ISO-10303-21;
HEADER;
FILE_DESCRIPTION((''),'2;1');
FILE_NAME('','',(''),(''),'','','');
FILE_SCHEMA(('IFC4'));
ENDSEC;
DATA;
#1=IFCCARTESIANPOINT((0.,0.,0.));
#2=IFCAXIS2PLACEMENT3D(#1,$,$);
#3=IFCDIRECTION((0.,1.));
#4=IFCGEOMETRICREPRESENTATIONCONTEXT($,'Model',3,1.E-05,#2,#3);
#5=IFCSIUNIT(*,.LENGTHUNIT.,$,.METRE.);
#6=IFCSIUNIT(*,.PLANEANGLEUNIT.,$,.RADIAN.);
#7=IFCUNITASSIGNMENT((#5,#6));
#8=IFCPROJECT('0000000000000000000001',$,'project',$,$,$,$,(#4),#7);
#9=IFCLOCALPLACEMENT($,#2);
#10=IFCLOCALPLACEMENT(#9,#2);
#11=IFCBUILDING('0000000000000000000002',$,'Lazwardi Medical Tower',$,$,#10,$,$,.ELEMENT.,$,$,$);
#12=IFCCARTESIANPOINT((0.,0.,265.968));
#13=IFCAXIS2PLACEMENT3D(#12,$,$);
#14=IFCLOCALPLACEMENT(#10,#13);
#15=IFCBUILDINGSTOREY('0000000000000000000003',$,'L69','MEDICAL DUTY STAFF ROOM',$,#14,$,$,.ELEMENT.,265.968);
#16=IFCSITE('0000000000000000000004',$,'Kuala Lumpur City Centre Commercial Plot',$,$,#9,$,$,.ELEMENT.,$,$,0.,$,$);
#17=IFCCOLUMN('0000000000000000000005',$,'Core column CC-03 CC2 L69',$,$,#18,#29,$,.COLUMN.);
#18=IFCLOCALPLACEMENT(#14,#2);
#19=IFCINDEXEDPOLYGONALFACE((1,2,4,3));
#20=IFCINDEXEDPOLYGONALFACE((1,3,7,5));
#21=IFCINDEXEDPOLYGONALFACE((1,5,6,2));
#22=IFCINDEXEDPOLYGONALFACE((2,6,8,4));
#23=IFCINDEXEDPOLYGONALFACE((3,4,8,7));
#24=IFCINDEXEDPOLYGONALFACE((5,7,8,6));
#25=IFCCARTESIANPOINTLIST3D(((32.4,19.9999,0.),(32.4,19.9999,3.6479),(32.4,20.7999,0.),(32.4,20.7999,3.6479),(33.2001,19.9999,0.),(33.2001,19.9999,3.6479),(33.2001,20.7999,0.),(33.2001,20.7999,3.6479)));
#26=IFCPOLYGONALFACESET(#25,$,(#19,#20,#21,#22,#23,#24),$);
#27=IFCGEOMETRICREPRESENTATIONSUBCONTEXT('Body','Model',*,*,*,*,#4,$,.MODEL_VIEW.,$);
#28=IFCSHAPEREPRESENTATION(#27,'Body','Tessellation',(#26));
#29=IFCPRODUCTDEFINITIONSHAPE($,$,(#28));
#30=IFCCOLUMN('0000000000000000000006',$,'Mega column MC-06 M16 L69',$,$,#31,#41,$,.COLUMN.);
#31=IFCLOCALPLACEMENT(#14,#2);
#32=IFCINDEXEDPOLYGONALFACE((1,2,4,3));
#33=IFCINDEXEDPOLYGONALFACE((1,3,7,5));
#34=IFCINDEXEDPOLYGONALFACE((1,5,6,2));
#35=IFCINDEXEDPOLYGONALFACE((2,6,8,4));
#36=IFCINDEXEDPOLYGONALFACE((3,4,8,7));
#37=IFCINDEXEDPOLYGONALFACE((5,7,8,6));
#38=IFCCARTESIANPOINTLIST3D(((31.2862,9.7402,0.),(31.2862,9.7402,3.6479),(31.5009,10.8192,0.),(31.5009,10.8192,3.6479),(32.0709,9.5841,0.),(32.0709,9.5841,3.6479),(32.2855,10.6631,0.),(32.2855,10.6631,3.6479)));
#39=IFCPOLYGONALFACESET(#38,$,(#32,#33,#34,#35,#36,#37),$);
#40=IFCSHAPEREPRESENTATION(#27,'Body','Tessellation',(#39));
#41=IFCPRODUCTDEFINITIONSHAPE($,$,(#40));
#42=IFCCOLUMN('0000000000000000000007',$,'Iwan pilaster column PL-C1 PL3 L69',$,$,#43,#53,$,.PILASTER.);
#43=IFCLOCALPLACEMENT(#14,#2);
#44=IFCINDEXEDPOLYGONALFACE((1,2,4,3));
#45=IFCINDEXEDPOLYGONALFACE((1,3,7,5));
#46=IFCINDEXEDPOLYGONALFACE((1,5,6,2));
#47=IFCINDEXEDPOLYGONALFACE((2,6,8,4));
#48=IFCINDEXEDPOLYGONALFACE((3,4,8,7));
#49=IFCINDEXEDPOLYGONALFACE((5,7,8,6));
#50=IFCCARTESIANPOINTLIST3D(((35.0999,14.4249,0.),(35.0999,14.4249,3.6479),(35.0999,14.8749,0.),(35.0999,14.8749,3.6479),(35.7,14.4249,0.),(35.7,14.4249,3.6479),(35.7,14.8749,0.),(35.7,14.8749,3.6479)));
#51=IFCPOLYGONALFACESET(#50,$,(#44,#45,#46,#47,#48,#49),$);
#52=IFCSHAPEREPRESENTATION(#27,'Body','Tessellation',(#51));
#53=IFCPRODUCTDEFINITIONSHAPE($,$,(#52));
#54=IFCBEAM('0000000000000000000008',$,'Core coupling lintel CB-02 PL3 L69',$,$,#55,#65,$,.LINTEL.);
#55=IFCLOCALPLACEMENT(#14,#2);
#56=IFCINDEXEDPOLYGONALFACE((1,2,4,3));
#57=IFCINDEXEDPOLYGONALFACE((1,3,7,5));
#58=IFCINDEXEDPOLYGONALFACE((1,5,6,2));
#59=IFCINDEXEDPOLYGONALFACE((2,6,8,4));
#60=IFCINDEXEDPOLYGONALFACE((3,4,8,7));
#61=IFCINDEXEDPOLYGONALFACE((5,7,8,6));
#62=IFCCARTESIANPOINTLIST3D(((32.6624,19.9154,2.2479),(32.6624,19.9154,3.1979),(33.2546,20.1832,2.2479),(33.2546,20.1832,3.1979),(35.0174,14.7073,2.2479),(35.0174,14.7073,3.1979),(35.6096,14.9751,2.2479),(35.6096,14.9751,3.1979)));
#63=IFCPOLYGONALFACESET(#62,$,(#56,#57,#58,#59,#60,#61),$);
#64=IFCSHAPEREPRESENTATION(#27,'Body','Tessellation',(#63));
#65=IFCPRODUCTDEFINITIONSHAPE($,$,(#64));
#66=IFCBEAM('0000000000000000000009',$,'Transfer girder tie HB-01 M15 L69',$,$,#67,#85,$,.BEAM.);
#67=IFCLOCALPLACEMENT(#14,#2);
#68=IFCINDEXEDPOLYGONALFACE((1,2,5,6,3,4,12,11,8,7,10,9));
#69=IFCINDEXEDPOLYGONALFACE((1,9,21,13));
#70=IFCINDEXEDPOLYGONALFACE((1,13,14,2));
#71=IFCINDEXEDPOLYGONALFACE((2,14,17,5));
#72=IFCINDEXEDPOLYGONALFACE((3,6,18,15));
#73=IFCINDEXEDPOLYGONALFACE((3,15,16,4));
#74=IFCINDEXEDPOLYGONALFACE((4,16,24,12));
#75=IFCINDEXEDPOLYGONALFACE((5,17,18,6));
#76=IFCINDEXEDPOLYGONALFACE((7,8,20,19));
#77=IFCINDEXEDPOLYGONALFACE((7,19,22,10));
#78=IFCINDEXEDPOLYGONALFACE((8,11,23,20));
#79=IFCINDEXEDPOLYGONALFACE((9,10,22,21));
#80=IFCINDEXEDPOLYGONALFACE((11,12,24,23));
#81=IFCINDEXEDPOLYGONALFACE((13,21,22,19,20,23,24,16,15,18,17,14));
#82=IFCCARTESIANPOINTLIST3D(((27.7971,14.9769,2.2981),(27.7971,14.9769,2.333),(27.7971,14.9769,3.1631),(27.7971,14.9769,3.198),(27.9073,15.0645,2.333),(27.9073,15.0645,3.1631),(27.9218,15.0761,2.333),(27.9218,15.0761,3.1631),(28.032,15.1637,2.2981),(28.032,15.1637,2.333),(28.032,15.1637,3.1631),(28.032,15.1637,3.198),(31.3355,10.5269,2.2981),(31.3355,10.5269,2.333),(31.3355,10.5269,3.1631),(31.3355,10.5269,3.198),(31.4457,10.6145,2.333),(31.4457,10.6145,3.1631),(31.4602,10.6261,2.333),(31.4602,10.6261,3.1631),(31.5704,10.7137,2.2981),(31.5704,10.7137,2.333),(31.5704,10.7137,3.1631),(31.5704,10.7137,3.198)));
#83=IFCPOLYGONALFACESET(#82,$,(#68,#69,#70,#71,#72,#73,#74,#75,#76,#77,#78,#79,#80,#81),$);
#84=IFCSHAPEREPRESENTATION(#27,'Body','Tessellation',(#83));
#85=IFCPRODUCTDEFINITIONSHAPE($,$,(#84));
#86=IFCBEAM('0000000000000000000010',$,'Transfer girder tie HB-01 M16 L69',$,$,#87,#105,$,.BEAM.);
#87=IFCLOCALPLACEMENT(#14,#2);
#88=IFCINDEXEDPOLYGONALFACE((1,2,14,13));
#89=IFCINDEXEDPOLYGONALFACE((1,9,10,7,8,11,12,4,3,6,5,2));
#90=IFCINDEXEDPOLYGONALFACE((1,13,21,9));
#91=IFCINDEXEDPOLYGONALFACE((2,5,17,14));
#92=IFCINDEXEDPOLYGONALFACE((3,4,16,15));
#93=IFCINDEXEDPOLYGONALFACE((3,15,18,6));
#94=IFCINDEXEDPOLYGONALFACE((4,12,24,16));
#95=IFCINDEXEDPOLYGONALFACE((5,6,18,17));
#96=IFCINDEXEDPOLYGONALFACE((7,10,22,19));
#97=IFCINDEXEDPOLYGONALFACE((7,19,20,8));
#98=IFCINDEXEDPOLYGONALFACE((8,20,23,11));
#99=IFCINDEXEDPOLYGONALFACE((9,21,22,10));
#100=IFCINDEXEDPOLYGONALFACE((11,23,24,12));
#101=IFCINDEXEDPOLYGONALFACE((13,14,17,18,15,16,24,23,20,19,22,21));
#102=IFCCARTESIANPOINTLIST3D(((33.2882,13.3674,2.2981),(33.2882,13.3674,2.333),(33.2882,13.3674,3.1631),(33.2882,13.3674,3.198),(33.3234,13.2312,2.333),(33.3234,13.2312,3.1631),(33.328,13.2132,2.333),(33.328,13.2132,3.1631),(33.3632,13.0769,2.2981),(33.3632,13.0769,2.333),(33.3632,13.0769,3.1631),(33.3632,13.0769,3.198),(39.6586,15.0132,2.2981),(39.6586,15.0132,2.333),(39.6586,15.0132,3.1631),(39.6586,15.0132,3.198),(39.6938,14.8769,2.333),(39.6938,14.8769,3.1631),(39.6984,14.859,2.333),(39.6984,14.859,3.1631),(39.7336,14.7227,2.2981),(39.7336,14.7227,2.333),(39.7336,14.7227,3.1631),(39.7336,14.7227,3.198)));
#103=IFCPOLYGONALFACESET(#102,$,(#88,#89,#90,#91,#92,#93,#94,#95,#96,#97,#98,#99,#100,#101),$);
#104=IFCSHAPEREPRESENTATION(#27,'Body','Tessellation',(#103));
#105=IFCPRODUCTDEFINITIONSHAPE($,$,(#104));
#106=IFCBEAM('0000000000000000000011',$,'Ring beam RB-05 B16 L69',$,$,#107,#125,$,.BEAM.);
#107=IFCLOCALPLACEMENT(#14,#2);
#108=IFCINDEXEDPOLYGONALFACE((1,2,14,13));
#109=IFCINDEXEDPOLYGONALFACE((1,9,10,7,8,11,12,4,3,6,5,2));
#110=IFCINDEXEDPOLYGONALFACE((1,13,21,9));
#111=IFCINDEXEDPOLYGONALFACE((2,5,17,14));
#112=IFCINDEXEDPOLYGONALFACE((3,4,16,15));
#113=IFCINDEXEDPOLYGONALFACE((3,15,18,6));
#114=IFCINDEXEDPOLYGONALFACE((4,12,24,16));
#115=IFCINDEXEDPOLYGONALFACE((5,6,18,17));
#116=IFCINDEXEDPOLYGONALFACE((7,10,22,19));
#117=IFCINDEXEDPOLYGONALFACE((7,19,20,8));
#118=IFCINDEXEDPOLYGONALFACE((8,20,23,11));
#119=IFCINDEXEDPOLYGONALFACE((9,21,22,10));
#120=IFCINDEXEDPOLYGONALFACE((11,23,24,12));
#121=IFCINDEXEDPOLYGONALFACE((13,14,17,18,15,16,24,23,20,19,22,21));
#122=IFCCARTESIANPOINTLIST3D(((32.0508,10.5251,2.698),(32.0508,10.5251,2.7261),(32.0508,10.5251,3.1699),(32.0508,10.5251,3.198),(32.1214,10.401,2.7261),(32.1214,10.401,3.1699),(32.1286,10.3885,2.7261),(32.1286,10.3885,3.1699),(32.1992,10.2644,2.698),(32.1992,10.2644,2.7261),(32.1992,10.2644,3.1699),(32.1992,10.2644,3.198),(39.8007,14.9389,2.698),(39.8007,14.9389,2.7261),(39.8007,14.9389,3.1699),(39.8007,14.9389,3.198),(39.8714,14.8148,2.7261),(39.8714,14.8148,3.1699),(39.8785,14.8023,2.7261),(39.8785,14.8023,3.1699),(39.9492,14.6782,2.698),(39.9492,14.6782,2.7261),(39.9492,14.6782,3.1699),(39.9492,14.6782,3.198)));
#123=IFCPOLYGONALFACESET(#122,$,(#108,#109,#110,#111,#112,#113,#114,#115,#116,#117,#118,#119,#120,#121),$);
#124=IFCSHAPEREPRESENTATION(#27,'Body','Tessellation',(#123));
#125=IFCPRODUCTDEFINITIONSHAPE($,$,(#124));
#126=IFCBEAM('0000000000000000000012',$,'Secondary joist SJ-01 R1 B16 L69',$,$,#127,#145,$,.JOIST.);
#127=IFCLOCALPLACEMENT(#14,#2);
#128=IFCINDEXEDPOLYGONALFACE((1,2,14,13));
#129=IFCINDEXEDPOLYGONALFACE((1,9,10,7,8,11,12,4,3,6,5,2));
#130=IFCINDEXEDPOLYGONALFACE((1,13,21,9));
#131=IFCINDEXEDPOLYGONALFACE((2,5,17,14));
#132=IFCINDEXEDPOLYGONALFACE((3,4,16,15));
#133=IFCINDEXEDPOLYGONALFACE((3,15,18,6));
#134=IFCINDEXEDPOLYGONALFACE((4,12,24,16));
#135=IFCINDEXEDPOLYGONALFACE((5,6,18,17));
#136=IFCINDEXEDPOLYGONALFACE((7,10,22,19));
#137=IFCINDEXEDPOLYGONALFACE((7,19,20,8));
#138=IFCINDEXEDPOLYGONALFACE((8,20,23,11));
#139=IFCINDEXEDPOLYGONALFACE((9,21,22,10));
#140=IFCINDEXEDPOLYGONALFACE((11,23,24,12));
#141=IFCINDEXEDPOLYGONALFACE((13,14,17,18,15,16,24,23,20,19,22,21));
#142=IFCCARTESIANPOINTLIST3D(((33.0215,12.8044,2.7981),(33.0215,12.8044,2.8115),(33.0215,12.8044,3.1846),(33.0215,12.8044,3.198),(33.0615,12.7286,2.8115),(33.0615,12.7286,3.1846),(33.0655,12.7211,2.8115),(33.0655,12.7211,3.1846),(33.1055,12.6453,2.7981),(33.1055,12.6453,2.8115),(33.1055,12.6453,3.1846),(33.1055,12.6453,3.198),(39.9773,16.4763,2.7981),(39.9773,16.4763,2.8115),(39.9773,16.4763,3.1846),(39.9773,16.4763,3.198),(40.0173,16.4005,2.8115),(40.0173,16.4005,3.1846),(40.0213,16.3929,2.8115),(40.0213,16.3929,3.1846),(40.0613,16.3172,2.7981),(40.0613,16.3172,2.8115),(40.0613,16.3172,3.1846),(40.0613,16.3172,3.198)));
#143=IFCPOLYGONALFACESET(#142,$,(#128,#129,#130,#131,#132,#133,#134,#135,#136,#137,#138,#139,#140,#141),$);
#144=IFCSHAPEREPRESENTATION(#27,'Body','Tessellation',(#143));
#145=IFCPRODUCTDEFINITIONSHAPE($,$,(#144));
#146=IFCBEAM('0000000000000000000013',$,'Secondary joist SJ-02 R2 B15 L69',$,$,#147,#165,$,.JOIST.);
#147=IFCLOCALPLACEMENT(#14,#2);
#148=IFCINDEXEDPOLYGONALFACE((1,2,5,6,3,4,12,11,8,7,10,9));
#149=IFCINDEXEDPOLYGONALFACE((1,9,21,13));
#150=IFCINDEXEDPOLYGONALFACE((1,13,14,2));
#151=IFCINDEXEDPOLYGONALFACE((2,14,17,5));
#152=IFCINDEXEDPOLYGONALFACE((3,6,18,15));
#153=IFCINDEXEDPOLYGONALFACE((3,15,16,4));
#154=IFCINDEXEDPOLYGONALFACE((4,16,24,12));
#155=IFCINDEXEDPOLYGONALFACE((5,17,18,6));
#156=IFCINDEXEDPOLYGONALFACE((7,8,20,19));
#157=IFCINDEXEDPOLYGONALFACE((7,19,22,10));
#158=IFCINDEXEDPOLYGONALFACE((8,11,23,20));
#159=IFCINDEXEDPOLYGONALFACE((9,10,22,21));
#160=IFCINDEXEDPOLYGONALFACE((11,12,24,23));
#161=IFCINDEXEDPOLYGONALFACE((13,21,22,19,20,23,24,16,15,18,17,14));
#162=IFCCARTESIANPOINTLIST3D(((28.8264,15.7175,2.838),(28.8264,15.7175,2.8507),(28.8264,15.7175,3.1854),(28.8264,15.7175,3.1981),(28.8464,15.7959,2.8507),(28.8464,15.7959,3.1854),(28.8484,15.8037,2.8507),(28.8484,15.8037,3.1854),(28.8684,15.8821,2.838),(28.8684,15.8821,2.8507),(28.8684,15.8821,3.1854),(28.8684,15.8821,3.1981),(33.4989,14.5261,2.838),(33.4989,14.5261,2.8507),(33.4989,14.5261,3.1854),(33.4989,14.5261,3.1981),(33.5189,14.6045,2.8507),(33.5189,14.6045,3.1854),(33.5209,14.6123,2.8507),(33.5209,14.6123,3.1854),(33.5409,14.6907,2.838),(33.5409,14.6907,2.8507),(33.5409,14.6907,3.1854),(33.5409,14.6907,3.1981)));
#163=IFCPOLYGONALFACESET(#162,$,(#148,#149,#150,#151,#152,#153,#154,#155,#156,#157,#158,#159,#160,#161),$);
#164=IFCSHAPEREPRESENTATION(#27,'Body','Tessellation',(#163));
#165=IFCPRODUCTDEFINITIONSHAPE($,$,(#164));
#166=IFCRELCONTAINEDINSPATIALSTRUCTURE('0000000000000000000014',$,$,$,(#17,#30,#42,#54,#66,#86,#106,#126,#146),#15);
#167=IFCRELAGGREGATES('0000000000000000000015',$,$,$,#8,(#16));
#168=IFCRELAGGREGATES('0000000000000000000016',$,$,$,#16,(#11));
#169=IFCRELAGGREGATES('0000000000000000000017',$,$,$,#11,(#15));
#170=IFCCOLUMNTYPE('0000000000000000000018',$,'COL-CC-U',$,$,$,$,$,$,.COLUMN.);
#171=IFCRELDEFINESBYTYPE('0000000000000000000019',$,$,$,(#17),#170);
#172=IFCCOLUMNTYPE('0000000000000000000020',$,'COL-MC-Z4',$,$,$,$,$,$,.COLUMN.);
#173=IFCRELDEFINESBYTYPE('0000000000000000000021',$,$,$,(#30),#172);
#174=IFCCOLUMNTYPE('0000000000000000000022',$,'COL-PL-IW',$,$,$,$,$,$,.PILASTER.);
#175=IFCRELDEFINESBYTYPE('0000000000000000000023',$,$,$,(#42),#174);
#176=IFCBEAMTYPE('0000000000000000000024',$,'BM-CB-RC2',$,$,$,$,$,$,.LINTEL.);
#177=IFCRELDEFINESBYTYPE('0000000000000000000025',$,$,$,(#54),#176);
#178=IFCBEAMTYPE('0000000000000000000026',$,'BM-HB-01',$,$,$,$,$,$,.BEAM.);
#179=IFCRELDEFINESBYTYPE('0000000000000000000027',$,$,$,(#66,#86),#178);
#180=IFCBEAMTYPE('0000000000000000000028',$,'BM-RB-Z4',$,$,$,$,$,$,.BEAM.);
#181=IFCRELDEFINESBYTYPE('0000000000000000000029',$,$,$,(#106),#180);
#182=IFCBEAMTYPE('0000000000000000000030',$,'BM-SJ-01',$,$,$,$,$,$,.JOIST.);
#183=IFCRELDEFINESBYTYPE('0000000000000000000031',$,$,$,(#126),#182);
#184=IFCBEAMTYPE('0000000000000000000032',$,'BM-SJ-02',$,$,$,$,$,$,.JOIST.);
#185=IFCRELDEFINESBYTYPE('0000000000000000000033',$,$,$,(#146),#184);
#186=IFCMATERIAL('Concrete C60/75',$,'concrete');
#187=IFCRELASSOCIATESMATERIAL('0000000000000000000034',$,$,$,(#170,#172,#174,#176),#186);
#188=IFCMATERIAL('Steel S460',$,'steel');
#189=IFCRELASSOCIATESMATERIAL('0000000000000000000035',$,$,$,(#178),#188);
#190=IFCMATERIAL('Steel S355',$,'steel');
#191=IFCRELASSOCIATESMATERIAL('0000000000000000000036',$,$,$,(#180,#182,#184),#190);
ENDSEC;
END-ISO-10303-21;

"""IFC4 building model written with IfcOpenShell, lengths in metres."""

from ifc_helpers import new_model, si_unit, direction, frame, origin, origin_2d, place, context, subcontext, project, spatial, rectangle, i_section, extrude, material, material_profile, profile_set, type_object, element, save


model = new_model("IFC4")

# Units and contexts
model_context = context("Model", 3, precision=1e-05, world=origin(), true_north=direction((0.0, 1.0)))
body_context = subcontext(model_context, "Body", "Model", "MODEL_VIEW")
ifc_project = project(units=[si_unit("LENGTHUNIT", "METRE"), si_unit("PLANEANGLEUNIT", "RADIAN")], contexts=[model_context])

# Site, building, storey
site_placement = place(None, origin())
site = spatial("IfcSite", under=ifc_project, at=site_placement, Name="Kuala Lumpur City Centre Commercial Plot", CompositionType="ELEMENT", RefElevation=0.0)
building_placement = place(site_placement, origin())
building = spatial("IfcBuilding", under=site, at=building_placement, Name="Lazwardi Medical Tower", CompositionType="ELEMENT")
storey_placement = place(building_placement, frame((0.0, 0.0, 265.968)))
storey = spatial("IfcBuildingStorey", under=building, at=storey_placement, Name="L69", Description="MEDICAL DUTY STAFF ROOM", CompositionType="ELEMENT", Elevation=265.968)

# Columns
ifc_material_1 = material(Name="Concrete C60/75", Category="concrete")
ifc_material_profile_1 = material_profile(ifc_material_1, rectangle(XDim=0.8, YDim=0.8, at=origin_2d()), Name="RC 800x800")
ifc_profile_set_1 = profile_set([ifc_material_profile_1], Name="Concrete C60/75")
column_type_1 = type_object("IfcColumnType", Name="COL-CC-U", PredefinedType="COLUMN", material=ifc_profile_set_1)
column_1_placement = place(storey_placement, frame((32.8, 20.3999, 0.0), z_axis=(0.0, 0.0, 1.0), x_axis=(1.0, 0.0, 0.0)))
element("IfcColumn", 1, at=column_1_placement, inside=storey, type_object=column_type_1, Name="Core column CC-03 CC2 L69", PredefinedType="COLUMN", context=body_context, shape_type="SweptSolid", body=[
    extrude(rectangle(XDim=0.8, YDim=0.8, at=origin_2d()), origin(), (0.0, 0.0, 1.0), 3.6479),
])
ifc_material_profile_2 = material_profile(ifc_material_1, rectangle(XDim=1.1001, YDim=0.8, at=origin_2d()), Name="CFT-RECT 1100x800")
ifc_profile_set_2 = profile_set([ifc_material_profile_2], Name="Concrete C60/75")
column_type_2 = type_object("IfcColumnType", Name="COL-MC-Z4", PredefinedType="COLUMN", material=ifc_profile_set_2)
column_2_placement = place(storey_placement, frame((31.7859, 10.2017, 0.0), z_axis=(0.0, 0.0, 1.0), x_axis=(-0.19509, -0.980785, 0.0)))
element("IfcColumn", 2, at=column_2_placement, inside=storey, type_object=column_type_2, Name="Mega column MC-06 M16 L69", PredefinedType="COLUMN", context=body_context, shape_type="SweptSolid", body=[
    extrude(rectangle(XDim=1.1001, YDim=0.8, at=origin_2d()), origin(), (0.0, 0.0, 1.0), 3.6479),
])
ifc_material_profile_3 = material_profile(ifc_material_1, rectangle(XDim=0.6001, YDim=0.45, at=origin_2d()), Name="RC 600x450")
ifc_profile_set_3 = profile_set([ifc_material_profile_3], Name="Concrete C60/75")
column_type_3 = type_object("IfcColumnType", Name="COL-PL-IW", PredefinedType="PILASTER", material=ifc_profile_set_3)
column_3_placement = place(storey_placement, frame((35.3999, 14.6499, 0.0), z_axis=(0.0, 0.0, 1.0), x_axis=(1.0, 0.0, 0.0)))
element("IfcColumn", 3, at=column_3_placement, inside=storey, type_object=column_type_3, Name="Iwan pilaster column PL-C1 PL3 L69", PredefinedType="PILASTER", context=body_context, shape_type="SweptSolid", body=[
    extrude(rectangle(XDim=0.6001, YDim=0.45, at=origin_2d()), origin(), (0.0, 0.0, 1.0), 3.6479),
])

# Beams
ifc_material_profile_4 = material_profile(ifc_material_1, rectangle(XDim=0.6499, YDim=0.95, at=origin_2d()), Name="RC 650x950")
ifc_profile_set_4 = profile_set([ifc_material_profile_4], Name="Concrete C60/75")
beam_type_1 = type_object("IfcBeamType", Name="BM-CB-RC2", PredefinedType="LINTEL", material=ifc_profile_set_4)
beam_1_placement = place(storey_placement, frame((32.9585, 20.0493, 2.7229), z_axis=(0.412019, -0.911175, 0.0), x_axis=(0.911175, 0.412019, 0.0)))
element("IfcBeam", 4, at=beam_1_placement, inside=storey, type_object=beam_type_1, Name="Core coupling lintel CB-02 PL3 L69", PredefinedType="LINTEL", context=body_context, shape_type="SweptSolid", body=[
    extrude(rectangle(XDim=0.6499, YDim=0.95, at=origin_2d()), origin(), (0.0, 0.0, 1.0), 5.7158),
])
ifc_material_2 = material(Name="Steel S460", Category="steel")
ifc_material_profile_5 = material_profile(ifc_material_2, i_section(OverallWidth=0.3, OverallDepth=0.8999, WebThickness=0.0186, FlangeThickness=0.0349, at=origin_2d()), Name="HEB 900")
ifc_profile_set_5 = profile_set([ifc_material_profile_5], Name="Steel S460")
beam_type_2 = type_object("IfcBeamType", Name="BM-HB-01", PredefinedType="BEAM", material=ifc_profile_set_5)
beam_2_placement = place(storey_placement, frame((27.9146, 15.0703, 2.748), z_axis=(0.622372, -0.782721, 0.0), x_axis=(0.782721, 0.622372, 0.0)))
element("IfcBeam", 5, at=beam_2_placement, inside=storey, type_object=beam_type_2, Name="Transfer girder tie HB-01 M15 L69", PredefinedType="BEAM", context=body_context, shape_type="SweptSolid", body=[
    extrude(i_section(OverallWidth=0.3, OverallDepth=0.8999, WebThickness=0.0186, FlangeThickness=0.0349, at=origin_2d()), origin(), (0.0, 0.0, 1.0), 5.6853),
])
beam_3_placement = place(storey_placement, frame((33.3257, 13.2222, 2.748), z_axis=(0.968212, 0.250133, 0.0), x_axis=(-0.250133, 0.968212, 0.0)))
element("IfcBeam", 6, at=beam_3_placement, inside=storey, type_object=beam_type_2, Name="Transfer girder tie HB-01 M16 L69", PredefinedType="BEAM", context=body_context, shape_type="SweptSolid", body=[
    extrude(i_section(OverallWidth=0.3, OverallDepth=0.8999, WebThickness=0.0186, FlangeThickness=0.0349, at=origin_2d()), origin(), (0.0, 0.0, 1.0), 6.5796),
])
ifc_material_3 = material(Name="Steel S355", Category="steel")
ifc_material_profile_6 = material_profile(ifc_material_3, i_section(OverallWidth=0.3, OverallDepth=0.5, WebThickness=0.0144, FlangeThickness=0.0281, at=origin_2d()), Name="HEB 500")
ifc_profile_set_6 = profile_set([ifc_material_profile_6], Name="Steel S355")
beam_type_3 = type_object("IfcBeamType", Name="BM-RB-Z4", PredefinedType="BEAM", material=ifc_profile_set_6)
beam_4_placement = place(storey_placement, frame((32.125, 10.3948, 2.948), z_axis=(0.868955, 0.494891, 0.0), x_axis=(-0.494891, 0.868955, 0.0)))
element("IfcBeam", 7, at=beam_4_placement, inside=storey, type_object=beam_type_3, Name="Ring beam RB-05 B16 L69", PredefinedType="BEAM", context=body_context, shape_type="SweptSolid", body=[
    extrude(i_section(OverallWidth=0.3, OverallDepth=0.5, WebThickness=0.0144, FlangeThickness=0.0281, at=origin_2d()), origin(), (0.0, 0.0, 1.0), 8.9187),
])
ifc_material_profile_7 = material_profile(ifc_material_3, i_section(OverallWidth=0.1799, OverallDepth=0.3999, WebThickness=0.0085, FlangeThickness=0.0134, at=origin_2d()), Name="IPE 400")
ifc_profile_set_7 = profile_set([ifc_material_profile_7], Name="Steel S355")
beam_type_4 = type_object("IfcBeamType", Name="BM-SJ-01", PredefinedType="JOIST", material=ifc_profile_set_7)
beam_5_placement = place(storey_placement, frame((33.0635, 12.7249, 2.998), z_axis=(0.884345, 0.466833, 0.0), x_axis=(-0.466833, 0.884345, 0.0)))
element("IfcBeam", 8, at=beam_5_placement, inside=storey, type_object=beam_type_4, Name="Secondary joist SJ-01 R1 B16 L69", PredefinedType="JOIST", context=body_context, shape_type="SweptSolid", body=[
    extrude(i_section(OverallWidth=0.1799, OverallDepth=0.3999, WebThickness=0.0085, FlangeThickness=0.0134, at=origin_2d()), origin(), (0.0, 0.0, 1.0), 7.8655),
])
ifc_material_profile_8 = material_profile(ifc_material_3, i_section(OverallWidth=0.1699, OverallDepth=0.3601, WebThickness=0.0081, FlangeThickness=0.0127, at=origin_2d()), Name="IPE 360")
ifc_profile_set_8 = profile_set([ifc_material_profile_8], Name="Steel S355")
beam_type_5 = type_object("IfcBeamType", Name="BM-SJ-02", PredefinedType="JOIST", material=ifc_profile_set_8)
beam_6_placement = place(storey_placement, frame((28.8474, 15.7998, 3.0181), z_axis=(0.968997, -0.247072, 0.0), x_axis=(0.247072, 0.968997, 0.0)))
element("IfcBeam", 9, at=beam_6_placement, inside=storey, type_object=beam_type_5, Name="Secondary joist SJ-02 R2 B15 L69", PredefinedType="JOIST", context=body_context, shape_type="SweptSolid", body=[
    extrude(i_section(OverallWidth=0.1699, OverallDepth=0.3601, WebThickness=0.0081, FlangeThickness=0.0127, at=origin_2d()), origin(), (0.0, 0.0, 1.0), 4.822),
])

save(model, "model.ifc")
